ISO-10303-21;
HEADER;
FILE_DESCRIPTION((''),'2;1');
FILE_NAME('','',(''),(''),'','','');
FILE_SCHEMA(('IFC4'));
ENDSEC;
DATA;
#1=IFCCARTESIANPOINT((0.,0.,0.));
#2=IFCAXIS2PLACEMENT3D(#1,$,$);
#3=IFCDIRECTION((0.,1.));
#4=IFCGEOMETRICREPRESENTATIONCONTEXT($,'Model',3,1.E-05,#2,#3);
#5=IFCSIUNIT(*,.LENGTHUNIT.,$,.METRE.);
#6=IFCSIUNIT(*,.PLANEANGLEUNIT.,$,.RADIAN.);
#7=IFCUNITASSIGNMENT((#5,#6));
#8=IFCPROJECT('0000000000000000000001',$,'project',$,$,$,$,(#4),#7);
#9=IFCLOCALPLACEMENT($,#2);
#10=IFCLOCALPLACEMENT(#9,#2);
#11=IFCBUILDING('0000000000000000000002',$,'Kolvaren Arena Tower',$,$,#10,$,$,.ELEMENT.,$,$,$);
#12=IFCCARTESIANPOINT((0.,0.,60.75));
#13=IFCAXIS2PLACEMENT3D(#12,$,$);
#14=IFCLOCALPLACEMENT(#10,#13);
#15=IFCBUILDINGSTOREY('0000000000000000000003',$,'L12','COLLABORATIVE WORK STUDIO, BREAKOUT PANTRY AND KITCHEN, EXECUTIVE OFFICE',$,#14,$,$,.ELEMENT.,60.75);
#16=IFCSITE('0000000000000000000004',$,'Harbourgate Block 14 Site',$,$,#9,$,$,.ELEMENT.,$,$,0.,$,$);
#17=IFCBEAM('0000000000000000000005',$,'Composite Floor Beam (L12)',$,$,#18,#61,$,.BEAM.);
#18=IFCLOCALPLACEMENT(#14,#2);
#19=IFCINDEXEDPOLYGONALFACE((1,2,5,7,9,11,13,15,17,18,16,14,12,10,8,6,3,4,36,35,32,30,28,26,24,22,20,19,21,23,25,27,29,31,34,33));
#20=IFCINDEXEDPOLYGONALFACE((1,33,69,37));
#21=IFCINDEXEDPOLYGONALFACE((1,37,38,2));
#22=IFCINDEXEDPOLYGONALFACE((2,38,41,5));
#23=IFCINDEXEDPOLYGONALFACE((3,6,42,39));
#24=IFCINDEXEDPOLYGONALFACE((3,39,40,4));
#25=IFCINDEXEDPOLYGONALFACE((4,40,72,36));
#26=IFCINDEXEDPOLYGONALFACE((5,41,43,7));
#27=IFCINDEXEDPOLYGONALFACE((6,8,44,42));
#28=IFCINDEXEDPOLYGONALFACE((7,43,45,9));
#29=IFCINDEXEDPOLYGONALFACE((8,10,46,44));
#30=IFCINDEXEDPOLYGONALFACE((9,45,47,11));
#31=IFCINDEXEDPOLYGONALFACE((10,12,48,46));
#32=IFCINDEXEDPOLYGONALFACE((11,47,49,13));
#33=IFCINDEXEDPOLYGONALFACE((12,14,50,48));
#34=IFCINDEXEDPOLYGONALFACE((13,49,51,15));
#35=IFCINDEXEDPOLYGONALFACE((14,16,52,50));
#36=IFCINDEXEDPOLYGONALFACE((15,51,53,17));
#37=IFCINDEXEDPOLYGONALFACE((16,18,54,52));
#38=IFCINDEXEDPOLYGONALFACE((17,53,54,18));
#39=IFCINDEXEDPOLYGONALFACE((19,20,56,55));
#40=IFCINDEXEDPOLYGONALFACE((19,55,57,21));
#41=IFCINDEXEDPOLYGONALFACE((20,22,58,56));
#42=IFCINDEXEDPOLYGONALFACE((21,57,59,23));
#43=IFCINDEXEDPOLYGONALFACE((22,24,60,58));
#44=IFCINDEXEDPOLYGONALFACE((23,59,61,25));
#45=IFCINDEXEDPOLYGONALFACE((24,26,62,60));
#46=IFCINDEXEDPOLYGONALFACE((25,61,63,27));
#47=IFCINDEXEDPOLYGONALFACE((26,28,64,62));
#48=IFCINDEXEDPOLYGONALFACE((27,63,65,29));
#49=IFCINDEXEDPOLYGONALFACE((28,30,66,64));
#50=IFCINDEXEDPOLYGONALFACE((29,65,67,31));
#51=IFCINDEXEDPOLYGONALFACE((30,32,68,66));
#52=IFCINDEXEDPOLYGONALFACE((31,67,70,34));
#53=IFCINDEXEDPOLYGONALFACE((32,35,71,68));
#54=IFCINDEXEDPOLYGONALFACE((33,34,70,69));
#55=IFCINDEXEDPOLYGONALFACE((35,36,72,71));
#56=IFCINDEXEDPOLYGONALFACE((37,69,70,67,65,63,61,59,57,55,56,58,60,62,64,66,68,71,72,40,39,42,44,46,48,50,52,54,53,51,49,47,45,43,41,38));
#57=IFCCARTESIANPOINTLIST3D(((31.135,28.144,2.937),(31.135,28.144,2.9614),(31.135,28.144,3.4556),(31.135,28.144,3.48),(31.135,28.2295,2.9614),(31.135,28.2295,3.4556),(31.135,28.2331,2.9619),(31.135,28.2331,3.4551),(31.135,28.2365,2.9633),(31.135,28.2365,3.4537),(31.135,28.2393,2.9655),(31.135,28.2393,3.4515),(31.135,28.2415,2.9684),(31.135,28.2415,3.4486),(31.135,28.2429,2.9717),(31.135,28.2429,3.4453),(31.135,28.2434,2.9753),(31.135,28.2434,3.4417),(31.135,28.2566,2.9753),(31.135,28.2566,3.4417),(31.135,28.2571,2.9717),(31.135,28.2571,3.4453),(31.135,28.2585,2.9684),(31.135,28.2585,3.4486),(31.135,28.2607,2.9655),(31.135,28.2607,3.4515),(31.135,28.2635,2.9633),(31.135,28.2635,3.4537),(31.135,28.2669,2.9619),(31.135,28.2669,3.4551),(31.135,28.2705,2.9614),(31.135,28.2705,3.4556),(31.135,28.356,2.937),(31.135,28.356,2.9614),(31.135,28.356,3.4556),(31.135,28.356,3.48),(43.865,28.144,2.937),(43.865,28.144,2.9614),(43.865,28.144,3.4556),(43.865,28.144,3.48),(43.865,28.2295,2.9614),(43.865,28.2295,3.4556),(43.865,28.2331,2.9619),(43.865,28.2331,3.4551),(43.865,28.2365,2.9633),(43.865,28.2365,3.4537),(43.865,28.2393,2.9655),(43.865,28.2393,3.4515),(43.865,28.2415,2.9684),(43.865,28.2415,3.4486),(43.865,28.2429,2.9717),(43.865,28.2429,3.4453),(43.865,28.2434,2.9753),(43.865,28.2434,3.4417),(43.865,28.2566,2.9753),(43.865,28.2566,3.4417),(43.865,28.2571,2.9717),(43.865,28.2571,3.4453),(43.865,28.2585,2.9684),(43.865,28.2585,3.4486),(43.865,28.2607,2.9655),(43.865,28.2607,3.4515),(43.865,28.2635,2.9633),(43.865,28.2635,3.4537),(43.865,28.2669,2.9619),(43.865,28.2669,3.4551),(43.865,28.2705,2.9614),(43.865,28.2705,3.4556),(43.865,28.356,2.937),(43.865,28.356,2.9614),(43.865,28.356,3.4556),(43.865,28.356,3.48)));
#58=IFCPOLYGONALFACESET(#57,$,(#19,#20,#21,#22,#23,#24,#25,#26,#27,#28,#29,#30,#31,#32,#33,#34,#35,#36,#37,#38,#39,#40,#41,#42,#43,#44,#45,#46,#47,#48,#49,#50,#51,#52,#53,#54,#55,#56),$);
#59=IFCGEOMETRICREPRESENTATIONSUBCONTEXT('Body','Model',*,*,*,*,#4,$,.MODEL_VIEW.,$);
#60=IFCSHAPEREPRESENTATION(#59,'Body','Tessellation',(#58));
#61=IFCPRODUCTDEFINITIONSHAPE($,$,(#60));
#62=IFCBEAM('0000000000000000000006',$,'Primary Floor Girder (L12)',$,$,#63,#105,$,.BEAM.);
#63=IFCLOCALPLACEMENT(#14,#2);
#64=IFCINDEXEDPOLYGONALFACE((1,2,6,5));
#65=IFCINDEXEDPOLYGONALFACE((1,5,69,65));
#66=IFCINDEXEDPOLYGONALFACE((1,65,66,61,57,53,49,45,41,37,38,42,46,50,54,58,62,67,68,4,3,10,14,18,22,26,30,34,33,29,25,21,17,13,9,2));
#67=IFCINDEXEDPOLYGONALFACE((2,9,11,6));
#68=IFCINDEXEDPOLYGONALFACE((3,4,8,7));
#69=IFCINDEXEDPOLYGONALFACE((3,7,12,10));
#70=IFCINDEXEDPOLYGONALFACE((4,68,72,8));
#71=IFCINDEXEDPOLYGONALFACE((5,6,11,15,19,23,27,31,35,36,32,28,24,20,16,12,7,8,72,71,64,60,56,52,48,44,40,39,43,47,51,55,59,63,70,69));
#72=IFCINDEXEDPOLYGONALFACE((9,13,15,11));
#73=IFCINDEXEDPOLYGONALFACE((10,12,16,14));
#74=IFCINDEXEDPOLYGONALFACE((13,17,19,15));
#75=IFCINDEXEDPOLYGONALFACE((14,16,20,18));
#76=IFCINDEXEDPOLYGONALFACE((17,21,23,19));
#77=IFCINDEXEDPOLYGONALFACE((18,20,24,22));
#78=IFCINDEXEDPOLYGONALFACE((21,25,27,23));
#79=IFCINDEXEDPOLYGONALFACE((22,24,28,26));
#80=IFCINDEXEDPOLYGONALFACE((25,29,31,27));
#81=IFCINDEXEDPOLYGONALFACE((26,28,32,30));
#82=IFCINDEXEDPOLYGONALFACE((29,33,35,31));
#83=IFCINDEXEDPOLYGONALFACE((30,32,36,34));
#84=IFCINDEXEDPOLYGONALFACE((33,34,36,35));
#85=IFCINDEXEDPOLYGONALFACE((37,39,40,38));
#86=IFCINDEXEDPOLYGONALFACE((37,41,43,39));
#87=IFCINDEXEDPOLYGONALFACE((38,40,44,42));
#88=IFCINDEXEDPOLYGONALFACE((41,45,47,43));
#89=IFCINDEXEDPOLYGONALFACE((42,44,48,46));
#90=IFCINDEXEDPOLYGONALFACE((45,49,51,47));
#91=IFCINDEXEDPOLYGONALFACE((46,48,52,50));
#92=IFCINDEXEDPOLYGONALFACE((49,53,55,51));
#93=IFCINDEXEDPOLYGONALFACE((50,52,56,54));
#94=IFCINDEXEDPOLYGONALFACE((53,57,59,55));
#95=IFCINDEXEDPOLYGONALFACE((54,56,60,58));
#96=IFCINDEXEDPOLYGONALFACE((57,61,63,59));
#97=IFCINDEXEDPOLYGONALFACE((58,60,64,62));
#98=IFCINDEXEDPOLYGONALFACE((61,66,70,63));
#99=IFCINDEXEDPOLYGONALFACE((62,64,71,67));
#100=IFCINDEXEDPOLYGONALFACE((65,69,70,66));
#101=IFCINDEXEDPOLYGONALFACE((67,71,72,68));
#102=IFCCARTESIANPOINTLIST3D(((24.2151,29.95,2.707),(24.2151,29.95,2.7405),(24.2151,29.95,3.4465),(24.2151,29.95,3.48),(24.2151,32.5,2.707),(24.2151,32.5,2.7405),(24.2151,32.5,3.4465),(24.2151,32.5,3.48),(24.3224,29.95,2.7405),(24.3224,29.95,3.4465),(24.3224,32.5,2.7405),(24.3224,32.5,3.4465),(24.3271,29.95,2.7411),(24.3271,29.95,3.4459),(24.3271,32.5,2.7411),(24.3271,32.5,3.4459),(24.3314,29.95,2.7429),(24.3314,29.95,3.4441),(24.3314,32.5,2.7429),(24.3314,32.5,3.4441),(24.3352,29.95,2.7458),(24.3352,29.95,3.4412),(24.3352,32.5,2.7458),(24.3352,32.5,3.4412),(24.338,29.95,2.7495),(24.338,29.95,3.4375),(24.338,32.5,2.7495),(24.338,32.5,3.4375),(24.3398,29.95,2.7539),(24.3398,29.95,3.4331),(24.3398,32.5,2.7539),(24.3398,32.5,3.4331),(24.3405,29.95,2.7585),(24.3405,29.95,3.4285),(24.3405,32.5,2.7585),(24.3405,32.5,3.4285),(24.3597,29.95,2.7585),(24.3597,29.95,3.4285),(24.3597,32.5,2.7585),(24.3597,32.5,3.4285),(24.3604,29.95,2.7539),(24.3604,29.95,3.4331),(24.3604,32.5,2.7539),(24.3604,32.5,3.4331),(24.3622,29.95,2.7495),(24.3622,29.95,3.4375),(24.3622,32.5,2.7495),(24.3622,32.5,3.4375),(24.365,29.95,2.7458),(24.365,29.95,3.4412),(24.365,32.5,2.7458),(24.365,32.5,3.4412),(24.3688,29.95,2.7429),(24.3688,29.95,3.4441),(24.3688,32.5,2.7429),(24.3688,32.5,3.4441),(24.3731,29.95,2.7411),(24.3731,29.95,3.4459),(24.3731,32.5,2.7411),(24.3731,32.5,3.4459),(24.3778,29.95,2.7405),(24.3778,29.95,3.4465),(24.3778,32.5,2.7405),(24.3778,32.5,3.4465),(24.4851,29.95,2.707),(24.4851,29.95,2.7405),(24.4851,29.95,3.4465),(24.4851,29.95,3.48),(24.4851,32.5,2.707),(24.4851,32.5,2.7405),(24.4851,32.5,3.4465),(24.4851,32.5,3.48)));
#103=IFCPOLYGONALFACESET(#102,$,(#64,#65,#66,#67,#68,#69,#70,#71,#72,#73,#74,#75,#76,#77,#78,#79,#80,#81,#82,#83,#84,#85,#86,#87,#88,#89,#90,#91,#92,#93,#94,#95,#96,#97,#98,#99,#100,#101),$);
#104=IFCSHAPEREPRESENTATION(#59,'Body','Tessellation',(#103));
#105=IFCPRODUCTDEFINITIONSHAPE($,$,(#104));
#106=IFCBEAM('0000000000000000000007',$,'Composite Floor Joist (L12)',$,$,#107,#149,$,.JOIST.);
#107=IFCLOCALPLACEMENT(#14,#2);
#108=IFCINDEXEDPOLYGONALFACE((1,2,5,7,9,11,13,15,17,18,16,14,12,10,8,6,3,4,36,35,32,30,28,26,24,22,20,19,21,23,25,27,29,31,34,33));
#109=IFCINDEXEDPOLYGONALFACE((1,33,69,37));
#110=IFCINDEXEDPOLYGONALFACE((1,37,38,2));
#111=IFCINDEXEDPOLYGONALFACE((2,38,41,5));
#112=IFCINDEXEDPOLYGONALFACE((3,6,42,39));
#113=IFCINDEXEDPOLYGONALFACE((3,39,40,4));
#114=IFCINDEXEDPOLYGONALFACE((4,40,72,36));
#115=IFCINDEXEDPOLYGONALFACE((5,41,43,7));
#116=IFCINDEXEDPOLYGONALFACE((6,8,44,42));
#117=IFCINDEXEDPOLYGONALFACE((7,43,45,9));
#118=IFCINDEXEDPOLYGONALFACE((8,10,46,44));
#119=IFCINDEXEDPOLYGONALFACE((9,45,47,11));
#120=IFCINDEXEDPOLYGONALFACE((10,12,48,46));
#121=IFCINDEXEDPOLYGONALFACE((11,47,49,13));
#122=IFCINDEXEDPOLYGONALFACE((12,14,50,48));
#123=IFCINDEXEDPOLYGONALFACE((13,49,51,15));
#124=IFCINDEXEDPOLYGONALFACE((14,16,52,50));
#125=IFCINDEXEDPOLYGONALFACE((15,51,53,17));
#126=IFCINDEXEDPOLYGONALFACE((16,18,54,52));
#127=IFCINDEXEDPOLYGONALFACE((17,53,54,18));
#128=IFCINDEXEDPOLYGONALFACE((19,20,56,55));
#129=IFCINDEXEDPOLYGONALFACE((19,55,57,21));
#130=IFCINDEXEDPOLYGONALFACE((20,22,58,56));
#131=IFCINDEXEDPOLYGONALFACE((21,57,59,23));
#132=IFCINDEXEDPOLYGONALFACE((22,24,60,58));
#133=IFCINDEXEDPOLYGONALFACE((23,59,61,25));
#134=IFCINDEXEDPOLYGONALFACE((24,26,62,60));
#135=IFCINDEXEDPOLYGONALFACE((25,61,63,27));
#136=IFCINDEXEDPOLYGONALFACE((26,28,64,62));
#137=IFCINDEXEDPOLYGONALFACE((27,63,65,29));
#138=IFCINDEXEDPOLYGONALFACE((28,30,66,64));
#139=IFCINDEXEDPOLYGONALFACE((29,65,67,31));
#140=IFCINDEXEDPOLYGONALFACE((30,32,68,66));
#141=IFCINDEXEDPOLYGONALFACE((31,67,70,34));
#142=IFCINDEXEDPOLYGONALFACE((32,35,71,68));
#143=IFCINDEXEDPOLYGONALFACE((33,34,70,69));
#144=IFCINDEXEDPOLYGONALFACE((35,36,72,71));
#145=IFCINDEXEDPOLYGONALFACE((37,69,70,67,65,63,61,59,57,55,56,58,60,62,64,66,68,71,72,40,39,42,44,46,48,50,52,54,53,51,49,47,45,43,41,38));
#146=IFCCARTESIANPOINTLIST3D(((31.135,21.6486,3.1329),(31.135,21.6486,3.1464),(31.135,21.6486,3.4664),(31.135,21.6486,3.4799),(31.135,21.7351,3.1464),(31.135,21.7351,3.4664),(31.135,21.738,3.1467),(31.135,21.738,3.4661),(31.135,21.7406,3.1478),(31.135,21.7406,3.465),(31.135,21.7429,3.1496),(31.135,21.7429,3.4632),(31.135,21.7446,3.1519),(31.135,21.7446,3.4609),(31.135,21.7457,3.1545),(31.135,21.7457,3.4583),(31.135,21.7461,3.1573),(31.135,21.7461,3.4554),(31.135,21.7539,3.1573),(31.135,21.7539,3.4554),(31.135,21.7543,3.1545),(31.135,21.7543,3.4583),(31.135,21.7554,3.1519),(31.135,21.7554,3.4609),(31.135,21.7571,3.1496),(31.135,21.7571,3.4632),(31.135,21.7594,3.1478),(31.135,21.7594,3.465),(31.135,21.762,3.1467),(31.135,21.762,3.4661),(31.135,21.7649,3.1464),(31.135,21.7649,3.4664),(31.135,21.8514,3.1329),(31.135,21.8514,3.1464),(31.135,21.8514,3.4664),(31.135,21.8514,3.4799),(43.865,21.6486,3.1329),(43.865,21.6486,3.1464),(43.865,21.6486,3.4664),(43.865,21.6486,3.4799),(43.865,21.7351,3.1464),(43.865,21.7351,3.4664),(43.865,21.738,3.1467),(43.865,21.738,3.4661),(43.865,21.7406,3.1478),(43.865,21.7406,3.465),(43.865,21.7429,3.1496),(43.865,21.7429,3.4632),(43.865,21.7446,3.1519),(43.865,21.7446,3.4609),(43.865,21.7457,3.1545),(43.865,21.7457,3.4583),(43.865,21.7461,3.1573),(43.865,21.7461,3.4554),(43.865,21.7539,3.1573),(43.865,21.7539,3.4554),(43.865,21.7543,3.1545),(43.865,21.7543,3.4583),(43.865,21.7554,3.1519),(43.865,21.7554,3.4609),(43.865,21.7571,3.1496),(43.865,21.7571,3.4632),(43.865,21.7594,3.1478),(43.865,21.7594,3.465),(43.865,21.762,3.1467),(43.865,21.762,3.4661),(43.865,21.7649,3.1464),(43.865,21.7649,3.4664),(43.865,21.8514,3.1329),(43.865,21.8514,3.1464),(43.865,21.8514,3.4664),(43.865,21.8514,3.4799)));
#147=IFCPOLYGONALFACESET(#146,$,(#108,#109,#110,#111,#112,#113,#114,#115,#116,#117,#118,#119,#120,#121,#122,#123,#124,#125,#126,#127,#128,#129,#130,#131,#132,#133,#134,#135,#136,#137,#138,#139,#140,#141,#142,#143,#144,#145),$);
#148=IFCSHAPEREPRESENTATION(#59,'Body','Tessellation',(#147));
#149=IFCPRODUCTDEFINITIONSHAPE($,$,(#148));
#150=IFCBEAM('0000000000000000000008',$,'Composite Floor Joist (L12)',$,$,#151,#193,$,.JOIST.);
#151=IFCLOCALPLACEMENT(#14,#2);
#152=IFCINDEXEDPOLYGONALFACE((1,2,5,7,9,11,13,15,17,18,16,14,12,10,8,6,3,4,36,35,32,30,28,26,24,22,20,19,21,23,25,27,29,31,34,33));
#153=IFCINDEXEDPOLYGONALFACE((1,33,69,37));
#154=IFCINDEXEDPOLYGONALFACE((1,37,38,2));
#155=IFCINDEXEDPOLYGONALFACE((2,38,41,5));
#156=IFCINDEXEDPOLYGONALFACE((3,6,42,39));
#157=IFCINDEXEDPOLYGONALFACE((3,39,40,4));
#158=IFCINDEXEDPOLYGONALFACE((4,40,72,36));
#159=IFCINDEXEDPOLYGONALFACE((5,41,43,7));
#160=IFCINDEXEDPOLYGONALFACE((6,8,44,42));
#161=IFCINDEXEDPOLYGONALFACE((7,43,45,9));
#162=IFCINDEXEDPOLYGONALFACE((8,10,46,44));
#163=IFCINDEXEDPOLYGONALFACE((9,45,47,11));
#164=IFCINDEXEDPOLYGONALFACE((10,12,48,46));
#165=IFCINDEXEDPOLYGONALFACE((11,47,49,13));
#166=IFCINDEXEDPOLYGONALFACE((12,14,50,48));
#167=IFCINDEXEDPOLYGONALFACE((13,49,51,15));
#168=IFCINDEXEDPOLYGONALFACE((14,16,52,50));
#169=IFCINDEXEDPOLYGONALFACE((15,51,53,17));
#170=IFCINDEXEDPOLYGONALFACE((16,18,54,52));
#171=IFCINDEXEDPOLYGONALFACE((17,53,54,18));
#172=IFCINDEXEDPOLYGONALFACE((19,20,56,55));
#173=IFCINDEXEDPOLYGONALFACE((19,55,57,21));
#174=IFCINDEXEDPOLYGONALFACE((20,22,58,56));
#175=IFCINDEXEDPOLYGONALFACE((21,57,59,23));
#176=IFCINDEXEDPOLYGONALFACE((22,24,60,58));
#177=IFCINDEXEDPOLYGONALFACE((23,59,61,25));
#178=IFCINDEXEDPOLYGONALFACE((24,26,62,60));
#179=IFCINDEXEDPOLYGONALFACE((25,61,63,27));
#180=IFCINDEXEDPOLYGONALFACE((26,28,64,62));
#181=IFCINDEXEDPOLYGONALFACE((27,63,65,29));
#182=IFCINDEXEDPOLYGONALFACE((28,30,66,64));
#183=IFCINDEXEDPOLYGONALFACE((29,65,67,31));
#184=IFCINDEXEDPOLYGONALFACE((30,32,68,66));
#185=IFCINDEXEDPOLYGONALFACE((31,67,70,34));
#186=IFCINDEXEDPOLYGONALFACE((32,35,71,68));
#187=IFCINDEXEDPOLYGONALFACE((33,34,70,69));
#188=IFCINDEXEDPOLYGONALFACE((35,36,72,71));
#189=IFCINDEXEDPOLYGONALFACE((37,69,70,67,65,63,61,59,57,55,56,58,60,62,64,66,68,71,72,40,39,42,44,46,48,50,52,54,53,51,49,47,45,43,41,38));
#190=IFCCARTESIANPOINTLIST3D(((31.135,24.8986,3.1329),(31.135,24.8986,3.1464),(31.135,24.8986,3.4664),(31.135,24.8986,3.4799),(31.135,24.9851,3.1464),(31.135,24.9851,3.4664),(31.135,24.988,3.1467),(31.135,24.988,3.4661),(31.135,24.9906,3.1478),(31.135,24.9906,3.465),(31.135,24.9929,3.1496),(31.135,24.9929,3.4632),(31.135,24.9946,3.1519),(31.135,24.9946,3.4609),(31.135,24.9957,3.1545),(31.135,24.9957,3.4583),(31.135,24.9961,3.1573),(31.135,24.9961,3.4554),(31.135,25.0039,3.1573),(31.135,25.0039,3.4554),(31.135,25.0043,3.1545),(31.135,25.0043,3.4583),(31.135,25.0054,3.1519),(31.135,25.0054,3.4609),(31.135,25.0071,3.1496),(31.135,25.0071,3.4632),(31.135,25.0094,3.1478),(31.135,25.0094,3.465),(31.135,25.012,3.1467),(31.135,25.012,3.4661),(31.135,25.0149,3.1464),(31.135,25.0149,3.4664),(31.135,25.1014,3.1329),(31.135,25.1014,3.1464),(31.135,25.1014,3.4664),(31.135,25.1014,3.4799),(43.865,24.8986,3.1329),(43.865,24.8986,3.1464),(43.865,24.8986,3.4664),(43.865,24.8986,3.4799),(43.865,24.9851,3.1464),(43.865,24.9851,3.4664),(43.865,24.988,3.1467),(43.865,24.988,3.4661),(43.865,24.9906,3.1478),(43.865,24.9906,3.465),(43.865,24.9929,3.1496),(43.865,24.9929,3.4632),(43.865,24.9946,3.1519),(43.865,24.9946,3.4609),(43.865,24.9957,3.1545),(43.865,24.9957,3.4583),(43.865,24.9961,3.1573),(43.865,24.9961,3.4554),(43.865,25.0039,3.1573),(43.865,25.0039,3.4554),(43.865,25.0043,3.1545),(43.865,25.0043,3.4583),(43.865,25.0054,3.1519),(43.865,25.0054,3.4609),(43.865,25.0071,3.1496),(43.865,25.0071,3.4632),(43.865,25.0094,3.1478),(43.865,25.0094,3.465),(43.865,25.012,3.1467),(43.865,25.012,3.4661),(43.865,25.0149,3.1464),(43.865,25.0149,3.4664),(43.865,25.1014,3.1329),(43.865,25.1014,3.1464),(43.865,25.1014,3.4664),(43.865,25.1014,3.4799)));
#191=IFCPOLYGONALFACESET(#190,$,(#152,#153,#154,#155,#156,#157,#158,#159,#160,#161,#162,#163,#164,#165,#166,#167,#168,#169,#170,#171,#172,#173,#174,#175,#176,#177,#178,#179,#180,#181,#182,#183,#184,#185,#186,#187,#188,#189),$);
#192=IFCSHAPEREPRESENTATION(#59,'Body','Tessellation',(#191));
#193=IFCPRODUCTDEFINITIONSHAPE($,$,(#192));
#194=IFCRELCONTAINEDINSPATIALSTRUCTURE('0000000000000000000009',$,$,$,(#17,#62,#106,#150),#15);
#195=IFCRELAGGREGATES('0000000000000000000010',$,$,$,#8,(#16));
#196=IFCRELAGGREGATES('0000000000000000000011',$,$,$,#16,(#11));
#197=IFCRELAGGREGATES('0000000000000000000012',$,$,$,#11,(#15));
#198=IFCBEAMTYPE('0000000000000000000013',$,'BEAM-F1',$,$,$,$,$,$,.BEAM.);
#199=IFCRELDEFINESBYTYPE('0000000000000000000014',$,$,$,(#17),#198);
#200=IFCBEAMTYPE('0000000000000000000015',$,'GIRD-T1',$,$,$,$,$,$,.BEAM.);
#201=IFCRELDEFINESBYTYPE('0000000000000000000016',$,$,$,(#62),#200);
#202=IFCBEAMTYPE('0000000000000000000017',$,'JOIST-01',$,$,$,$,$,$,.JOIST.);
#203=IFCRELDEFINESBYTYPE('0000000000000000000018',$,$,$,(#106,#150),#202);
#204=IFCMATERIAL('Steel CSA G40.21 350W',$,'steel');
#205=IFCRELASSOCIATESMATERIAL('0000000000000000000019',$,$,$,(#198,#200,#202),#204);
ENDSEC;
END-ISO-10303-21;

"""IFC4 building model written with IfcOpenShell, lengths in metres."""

from ifc_helpers import new_model, si_unit, direction, frame, origin, origin_2d, place, context, subcontext, project, spatial, i_section, extrude, material, material_profile, profile_set, type_object, element, save


model = new_model("IFC4")

# Units and contexts
model_context = context("Model", 3, precision=1e-05, world=origin(), true_north=direction((0.0, 1.0)))
body_context = subcontext(model_context, "Body", "Model", "MODEL_VIEW")
ifc_project = project(units=[si_unit("LENGTHUNIT", "METRE"), si_unit("PLANEANGLEUNIT", "RADIAN")], contexts=[model_context])

# Site, building, storey
site_placement = place(None, origin())
site = spatial("IfcSite", under=ifc_project, at=site_placement, Name="Harbourgate Block 14 Site", CompositionType="ELEMENT", RefElevation=0.0)
building_placement = place(site_placement, origin())
building = spatial("IfcBuilding", under=site, at=building_placement, Name="Kolvaren Arena Tower", CompositionType="ELEMENT")
storey_placement = place(building_placement, frame((0.0, 0.0, 60.75)))
storey = spatial("IfcBuildingStorey", under=building, at=storey_placement, Name="L12", Description="COLLABORATIVE WORK STUDIO, BREAKOUT PANTRY AND KITCHEN, EXECUTIVE OFFICE", CompositionType="ELEMENT", Elevation=60.75)

# Beams
ifc_material_1 = material(Name="Steel CSA G40.21 350W", Category="steel")
ifc_material_profile_1 = material_profile(ifc_material_1, i_section(OverallWidth=0.2119, OverallDepth=0.543, WebThickness=0.0132, FlangeThickness=0.0244, FilletRadius=0.0139, at=origin_2d()), Name="W530x150")
ifc_profile_set_1 = profile_set([ifc_material_profile_1], Name="Steel CSA G40.21 350W")
beam_type_1 = type_object("IfcBeamType", Name="BEAM-F1", PredefinedType="BEAM", material=ifc_profile_set_1)
beam_1_placement = place(storey_placement, frame((31.135, 28.25, 3.2085), z_axis=(1.0, 0.0, 0.0), x_axis=(0.0, 1.0, 0.0)))
element("IfcBeam", 1, at=beam_1_placement, inside=storey, type_object=beam_type_1, Name="Composite Floor Beam (L12)", PredefinedType="BEAM", context=body_context, shape_type="SweptSolid", body=[
    extrude(i_section(OverallWidth=0.2119, OverallDepth=0.543, WebThickness=0.0132, FlangeThickness=0.0244, FilletRadius=0.0139, at=origin_2d()), origin(), (0.0, 0.0, 1.0), 12.73),
])
ifc_material_profile_2 = material_profile(ifc_material_1, i_section(OverallWidth=0.27, OverallDepth=0.7729, WebThickness=0.0193, FlangeThickness=0.0334, FilletRadius=0.0181, at=origin_2d()), Name="W760x257")
ifc_profile_set_2 = profile_set([ifc_material_profile_2], Name="Steel CSA G40.21 350W")
beam_type_2 = type_object("IfcBeamType", Name="GIRD-T1", PredefinedType="BEAM", material=ifc_profile_set_2)
beam_2_placement = place(storey_placement, frame((24.3501, 29.95, 3.0935), z_axis=(0.0, 1.0, 0.0), x_axis=(-1.0, 0.0, 0.0)))
element("IfcBeam", 2, at=beam_2_placement, inside=storey, type_object=beam_type_2, Name="Primary Floor Girder (L12)", PredefinedType="BEAM", context=body_context, shape_type="SweptSolid", body=[
    extrude(i_section(OverallWidth=0.27, OverallDepth=0.7729, WebThickness=0.0193, FlangeThickness=0.0334, FilletRadius=0.0181, at=origin_2d()), origin(), (0.0, 0.0, 1.0), 2.55),
])
ifc_material_profile_3 = material_profile(ifc_material_1, i_section(OverallWidth=0.2029, OverallDepth=0.3469, WebThickness=0.0078, FlangeThickness=0.0134, FilletRadius=0.011, at=origin_2d()), Name="W360x64")
ifc_profile_set_3 = profile_set([ifc_material_profile_3], Name="Steel CSA G40.21 350W")
beam_type_3 = type_object("IfcBeamType", Name="JOIST-01", PredefinedType="JOIST", material=ifc_profile_set_3)
for number, where, z_axis, x_axis, name in (
    (3, (31.135, 21.75, 3.3064), (1.0, 0.0, 0.0), (0.0, 1.0, 0.0), "Composite Floor Joist (L12)"),
    (4, (31.135, 25.0, 3.3064), (1.0, 0.0, 0.0), (0.0, 1.0, 0.0), "Composite Floor Joist (L12)"),
):
    element("IfcBeam", number, at=place(storey_placement, frame(where, z_axis=z_axis, x_axis=x_axis)), inside=storey, type_object=beam_type_3, Name=name, PredefinedType="JOIST", context=body_context, shape_type="SweptSolid", body=[
        extrude(i_section(OverallWidth=0.2029, OverallDepth=0.3469, WebThickness=0.0078, FlangeThickness=0.0134, FilletRadius=0.011, at=origin_2d()), origin(), (0.0, 0.0, 1.0), 12.73),
    ])

save(model, "model.ifc")
